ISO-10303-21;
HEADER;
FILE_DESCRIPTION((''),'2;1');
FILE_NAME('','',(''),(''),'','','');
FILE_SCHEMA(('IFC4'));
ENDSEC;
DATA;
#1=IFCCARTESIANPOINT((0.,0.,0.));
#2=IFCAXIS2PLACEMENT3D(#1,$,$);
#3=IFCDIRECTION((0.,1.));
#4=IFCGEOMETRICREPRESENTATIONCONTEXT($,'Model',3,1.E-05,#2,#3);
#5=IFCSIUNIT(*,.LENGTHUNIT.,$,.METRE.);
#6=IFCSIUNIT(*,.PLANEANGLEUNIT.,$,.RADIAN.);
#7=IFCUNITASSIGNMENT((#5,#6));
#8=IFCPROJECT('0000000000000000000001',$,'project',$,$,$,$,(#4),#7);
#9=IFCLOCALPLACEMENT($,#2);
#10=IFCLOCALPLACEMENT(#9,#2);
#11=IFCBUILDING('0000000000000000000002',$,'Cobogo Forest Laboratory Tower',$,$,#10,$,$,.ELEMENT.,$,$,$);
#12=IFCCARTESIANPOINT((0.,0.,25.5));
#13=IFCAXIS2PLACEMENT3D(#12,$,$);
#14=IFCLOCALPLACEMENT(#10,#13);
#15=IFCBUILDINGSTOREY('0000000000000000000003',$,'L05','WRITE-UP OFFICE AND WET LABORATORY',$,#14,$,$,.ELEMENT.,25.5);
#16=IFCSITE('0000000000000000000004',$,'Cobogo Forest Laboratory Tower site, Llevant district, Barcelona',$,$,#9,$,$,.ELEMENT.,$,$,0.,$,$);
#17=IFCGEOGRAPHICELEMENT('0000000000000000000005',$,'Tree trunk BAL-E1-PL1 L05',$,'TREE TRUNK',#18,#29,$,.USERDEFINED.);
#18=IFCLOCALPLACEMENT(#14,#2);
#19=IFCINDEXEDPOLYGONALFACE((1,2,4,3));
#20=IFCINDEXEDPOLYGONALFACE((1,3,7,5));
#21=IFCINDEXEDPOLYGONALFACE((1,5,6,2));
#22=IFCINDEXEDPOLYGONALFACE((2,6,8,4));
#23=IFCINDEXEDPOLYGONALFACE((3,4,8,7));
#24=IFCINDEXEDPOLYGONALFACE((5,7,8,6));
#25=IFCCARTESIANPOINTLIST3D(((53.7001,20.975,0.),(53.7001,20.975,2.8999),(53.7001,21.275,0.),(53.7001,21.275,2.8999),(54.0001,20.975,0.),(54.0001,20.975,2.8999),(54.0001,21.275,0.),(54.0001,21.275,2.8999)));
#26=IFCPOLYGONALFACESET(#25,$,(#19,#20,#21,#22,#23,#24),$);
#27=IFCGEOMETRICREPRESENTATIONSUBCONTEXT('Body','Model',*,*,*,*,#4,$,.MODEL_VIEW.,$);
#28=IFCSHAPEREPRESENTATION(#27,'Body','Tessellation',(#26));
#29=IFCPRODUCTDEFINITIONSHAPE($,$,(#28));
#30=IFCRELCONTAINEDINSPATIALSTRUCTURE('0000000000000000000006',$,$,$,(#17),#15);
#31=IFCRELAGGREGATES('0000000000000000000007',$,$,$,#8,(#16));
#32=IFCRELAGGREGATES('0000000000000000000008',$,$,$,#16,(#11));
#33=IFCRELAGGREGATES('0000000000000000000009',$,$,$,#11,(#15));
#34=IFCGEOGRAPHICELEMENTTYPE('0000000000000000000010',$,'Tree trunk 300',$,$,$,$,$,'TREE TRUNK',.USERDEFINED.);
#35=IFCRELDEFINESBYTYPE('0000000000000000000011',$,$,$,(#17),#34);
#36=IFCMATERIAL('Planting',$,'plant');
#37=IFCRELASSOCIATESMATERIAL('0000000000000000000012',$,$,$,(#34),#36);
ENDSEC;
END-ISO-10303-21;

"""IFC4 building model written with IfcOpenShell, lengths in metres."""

from ifc_helpers import new_model, si_unit, direction, frame, origin, origin_2d, place, context, subcontext, project, spatial, rectangle, extrude, material, type_object, element, save


model = new_model("IFC4")

# Units and contexts
model_context = context("Model", 3, precision=1e-05, world=origin(), true_north=direction((0.0, 1.0)))
body_context = subcontext(model_context, "Body", "Model", "MODEL_VIEW")
ifc_project = project(units=[si_unit("LENGTHUNIT", "METRE"), si_unit("PLANEANGLEUNIT", "RADIAN")], contexts=[model_context])

# Site, building, storey
site_placement = place(None, origin())
site = spatial("IfcSite", under=ifc_project, at=site_placement, Name="Cobogo Forest Laboratory Tower site, Llevant district, Barcelona", CompositionType="ELEMENT", RefElevation=0.0)
building_placement = place(site_placement, origin())
building = spatial("IfcBuilding", under=site, at=building_placement, Name="Cobogo Forest Laboratory Tower", CompositionType="ELEMENT")
storey_placement = place(building_placement, frame((0.0, 0.0, 25.5)))
storey = spatial("IfcBuildingStorey", under=building, at=storey_placement, Name="L05", Description="WRITE-UP OFFICE AND WET LABORATORY", CompositionType="ELEMENT", Elevation=25.5)

# Geographic element
ifc_material_1 = material(Name="Planting", Category="plant")
geographic_element_type = type_object("IfcGeographicElementType", Name="Tree trunk 300", ElementType="TREE TRUNK", PredefinedType="USERDEFINED", material=ifc_material_1)
geographic_element_placement = place(storey_placement, frame((53.8501, 21.125, 0.0), z_axis=(0.0, 0.0, 1.0), x_axis=(1.0, 0.0, 0.0)))
element("IfcGeographicElement", 1, at=geographic_element_placement, inside=storey, type_object=geographic_element_type, Name="Tree trunk BAL-E1-PL1 L05", ObjectType="TREE TRUNK", PredefinedType="USERDEFINED", context=body_context, shape_type="SweptSolid", body=[
    extrude(rectangle(XDim=0.3, YDim=0.3, at=origin_2d()), origin(), (0.0, 0.0, 1.0), 2.8999),
])

save(model, "model.ifc")
